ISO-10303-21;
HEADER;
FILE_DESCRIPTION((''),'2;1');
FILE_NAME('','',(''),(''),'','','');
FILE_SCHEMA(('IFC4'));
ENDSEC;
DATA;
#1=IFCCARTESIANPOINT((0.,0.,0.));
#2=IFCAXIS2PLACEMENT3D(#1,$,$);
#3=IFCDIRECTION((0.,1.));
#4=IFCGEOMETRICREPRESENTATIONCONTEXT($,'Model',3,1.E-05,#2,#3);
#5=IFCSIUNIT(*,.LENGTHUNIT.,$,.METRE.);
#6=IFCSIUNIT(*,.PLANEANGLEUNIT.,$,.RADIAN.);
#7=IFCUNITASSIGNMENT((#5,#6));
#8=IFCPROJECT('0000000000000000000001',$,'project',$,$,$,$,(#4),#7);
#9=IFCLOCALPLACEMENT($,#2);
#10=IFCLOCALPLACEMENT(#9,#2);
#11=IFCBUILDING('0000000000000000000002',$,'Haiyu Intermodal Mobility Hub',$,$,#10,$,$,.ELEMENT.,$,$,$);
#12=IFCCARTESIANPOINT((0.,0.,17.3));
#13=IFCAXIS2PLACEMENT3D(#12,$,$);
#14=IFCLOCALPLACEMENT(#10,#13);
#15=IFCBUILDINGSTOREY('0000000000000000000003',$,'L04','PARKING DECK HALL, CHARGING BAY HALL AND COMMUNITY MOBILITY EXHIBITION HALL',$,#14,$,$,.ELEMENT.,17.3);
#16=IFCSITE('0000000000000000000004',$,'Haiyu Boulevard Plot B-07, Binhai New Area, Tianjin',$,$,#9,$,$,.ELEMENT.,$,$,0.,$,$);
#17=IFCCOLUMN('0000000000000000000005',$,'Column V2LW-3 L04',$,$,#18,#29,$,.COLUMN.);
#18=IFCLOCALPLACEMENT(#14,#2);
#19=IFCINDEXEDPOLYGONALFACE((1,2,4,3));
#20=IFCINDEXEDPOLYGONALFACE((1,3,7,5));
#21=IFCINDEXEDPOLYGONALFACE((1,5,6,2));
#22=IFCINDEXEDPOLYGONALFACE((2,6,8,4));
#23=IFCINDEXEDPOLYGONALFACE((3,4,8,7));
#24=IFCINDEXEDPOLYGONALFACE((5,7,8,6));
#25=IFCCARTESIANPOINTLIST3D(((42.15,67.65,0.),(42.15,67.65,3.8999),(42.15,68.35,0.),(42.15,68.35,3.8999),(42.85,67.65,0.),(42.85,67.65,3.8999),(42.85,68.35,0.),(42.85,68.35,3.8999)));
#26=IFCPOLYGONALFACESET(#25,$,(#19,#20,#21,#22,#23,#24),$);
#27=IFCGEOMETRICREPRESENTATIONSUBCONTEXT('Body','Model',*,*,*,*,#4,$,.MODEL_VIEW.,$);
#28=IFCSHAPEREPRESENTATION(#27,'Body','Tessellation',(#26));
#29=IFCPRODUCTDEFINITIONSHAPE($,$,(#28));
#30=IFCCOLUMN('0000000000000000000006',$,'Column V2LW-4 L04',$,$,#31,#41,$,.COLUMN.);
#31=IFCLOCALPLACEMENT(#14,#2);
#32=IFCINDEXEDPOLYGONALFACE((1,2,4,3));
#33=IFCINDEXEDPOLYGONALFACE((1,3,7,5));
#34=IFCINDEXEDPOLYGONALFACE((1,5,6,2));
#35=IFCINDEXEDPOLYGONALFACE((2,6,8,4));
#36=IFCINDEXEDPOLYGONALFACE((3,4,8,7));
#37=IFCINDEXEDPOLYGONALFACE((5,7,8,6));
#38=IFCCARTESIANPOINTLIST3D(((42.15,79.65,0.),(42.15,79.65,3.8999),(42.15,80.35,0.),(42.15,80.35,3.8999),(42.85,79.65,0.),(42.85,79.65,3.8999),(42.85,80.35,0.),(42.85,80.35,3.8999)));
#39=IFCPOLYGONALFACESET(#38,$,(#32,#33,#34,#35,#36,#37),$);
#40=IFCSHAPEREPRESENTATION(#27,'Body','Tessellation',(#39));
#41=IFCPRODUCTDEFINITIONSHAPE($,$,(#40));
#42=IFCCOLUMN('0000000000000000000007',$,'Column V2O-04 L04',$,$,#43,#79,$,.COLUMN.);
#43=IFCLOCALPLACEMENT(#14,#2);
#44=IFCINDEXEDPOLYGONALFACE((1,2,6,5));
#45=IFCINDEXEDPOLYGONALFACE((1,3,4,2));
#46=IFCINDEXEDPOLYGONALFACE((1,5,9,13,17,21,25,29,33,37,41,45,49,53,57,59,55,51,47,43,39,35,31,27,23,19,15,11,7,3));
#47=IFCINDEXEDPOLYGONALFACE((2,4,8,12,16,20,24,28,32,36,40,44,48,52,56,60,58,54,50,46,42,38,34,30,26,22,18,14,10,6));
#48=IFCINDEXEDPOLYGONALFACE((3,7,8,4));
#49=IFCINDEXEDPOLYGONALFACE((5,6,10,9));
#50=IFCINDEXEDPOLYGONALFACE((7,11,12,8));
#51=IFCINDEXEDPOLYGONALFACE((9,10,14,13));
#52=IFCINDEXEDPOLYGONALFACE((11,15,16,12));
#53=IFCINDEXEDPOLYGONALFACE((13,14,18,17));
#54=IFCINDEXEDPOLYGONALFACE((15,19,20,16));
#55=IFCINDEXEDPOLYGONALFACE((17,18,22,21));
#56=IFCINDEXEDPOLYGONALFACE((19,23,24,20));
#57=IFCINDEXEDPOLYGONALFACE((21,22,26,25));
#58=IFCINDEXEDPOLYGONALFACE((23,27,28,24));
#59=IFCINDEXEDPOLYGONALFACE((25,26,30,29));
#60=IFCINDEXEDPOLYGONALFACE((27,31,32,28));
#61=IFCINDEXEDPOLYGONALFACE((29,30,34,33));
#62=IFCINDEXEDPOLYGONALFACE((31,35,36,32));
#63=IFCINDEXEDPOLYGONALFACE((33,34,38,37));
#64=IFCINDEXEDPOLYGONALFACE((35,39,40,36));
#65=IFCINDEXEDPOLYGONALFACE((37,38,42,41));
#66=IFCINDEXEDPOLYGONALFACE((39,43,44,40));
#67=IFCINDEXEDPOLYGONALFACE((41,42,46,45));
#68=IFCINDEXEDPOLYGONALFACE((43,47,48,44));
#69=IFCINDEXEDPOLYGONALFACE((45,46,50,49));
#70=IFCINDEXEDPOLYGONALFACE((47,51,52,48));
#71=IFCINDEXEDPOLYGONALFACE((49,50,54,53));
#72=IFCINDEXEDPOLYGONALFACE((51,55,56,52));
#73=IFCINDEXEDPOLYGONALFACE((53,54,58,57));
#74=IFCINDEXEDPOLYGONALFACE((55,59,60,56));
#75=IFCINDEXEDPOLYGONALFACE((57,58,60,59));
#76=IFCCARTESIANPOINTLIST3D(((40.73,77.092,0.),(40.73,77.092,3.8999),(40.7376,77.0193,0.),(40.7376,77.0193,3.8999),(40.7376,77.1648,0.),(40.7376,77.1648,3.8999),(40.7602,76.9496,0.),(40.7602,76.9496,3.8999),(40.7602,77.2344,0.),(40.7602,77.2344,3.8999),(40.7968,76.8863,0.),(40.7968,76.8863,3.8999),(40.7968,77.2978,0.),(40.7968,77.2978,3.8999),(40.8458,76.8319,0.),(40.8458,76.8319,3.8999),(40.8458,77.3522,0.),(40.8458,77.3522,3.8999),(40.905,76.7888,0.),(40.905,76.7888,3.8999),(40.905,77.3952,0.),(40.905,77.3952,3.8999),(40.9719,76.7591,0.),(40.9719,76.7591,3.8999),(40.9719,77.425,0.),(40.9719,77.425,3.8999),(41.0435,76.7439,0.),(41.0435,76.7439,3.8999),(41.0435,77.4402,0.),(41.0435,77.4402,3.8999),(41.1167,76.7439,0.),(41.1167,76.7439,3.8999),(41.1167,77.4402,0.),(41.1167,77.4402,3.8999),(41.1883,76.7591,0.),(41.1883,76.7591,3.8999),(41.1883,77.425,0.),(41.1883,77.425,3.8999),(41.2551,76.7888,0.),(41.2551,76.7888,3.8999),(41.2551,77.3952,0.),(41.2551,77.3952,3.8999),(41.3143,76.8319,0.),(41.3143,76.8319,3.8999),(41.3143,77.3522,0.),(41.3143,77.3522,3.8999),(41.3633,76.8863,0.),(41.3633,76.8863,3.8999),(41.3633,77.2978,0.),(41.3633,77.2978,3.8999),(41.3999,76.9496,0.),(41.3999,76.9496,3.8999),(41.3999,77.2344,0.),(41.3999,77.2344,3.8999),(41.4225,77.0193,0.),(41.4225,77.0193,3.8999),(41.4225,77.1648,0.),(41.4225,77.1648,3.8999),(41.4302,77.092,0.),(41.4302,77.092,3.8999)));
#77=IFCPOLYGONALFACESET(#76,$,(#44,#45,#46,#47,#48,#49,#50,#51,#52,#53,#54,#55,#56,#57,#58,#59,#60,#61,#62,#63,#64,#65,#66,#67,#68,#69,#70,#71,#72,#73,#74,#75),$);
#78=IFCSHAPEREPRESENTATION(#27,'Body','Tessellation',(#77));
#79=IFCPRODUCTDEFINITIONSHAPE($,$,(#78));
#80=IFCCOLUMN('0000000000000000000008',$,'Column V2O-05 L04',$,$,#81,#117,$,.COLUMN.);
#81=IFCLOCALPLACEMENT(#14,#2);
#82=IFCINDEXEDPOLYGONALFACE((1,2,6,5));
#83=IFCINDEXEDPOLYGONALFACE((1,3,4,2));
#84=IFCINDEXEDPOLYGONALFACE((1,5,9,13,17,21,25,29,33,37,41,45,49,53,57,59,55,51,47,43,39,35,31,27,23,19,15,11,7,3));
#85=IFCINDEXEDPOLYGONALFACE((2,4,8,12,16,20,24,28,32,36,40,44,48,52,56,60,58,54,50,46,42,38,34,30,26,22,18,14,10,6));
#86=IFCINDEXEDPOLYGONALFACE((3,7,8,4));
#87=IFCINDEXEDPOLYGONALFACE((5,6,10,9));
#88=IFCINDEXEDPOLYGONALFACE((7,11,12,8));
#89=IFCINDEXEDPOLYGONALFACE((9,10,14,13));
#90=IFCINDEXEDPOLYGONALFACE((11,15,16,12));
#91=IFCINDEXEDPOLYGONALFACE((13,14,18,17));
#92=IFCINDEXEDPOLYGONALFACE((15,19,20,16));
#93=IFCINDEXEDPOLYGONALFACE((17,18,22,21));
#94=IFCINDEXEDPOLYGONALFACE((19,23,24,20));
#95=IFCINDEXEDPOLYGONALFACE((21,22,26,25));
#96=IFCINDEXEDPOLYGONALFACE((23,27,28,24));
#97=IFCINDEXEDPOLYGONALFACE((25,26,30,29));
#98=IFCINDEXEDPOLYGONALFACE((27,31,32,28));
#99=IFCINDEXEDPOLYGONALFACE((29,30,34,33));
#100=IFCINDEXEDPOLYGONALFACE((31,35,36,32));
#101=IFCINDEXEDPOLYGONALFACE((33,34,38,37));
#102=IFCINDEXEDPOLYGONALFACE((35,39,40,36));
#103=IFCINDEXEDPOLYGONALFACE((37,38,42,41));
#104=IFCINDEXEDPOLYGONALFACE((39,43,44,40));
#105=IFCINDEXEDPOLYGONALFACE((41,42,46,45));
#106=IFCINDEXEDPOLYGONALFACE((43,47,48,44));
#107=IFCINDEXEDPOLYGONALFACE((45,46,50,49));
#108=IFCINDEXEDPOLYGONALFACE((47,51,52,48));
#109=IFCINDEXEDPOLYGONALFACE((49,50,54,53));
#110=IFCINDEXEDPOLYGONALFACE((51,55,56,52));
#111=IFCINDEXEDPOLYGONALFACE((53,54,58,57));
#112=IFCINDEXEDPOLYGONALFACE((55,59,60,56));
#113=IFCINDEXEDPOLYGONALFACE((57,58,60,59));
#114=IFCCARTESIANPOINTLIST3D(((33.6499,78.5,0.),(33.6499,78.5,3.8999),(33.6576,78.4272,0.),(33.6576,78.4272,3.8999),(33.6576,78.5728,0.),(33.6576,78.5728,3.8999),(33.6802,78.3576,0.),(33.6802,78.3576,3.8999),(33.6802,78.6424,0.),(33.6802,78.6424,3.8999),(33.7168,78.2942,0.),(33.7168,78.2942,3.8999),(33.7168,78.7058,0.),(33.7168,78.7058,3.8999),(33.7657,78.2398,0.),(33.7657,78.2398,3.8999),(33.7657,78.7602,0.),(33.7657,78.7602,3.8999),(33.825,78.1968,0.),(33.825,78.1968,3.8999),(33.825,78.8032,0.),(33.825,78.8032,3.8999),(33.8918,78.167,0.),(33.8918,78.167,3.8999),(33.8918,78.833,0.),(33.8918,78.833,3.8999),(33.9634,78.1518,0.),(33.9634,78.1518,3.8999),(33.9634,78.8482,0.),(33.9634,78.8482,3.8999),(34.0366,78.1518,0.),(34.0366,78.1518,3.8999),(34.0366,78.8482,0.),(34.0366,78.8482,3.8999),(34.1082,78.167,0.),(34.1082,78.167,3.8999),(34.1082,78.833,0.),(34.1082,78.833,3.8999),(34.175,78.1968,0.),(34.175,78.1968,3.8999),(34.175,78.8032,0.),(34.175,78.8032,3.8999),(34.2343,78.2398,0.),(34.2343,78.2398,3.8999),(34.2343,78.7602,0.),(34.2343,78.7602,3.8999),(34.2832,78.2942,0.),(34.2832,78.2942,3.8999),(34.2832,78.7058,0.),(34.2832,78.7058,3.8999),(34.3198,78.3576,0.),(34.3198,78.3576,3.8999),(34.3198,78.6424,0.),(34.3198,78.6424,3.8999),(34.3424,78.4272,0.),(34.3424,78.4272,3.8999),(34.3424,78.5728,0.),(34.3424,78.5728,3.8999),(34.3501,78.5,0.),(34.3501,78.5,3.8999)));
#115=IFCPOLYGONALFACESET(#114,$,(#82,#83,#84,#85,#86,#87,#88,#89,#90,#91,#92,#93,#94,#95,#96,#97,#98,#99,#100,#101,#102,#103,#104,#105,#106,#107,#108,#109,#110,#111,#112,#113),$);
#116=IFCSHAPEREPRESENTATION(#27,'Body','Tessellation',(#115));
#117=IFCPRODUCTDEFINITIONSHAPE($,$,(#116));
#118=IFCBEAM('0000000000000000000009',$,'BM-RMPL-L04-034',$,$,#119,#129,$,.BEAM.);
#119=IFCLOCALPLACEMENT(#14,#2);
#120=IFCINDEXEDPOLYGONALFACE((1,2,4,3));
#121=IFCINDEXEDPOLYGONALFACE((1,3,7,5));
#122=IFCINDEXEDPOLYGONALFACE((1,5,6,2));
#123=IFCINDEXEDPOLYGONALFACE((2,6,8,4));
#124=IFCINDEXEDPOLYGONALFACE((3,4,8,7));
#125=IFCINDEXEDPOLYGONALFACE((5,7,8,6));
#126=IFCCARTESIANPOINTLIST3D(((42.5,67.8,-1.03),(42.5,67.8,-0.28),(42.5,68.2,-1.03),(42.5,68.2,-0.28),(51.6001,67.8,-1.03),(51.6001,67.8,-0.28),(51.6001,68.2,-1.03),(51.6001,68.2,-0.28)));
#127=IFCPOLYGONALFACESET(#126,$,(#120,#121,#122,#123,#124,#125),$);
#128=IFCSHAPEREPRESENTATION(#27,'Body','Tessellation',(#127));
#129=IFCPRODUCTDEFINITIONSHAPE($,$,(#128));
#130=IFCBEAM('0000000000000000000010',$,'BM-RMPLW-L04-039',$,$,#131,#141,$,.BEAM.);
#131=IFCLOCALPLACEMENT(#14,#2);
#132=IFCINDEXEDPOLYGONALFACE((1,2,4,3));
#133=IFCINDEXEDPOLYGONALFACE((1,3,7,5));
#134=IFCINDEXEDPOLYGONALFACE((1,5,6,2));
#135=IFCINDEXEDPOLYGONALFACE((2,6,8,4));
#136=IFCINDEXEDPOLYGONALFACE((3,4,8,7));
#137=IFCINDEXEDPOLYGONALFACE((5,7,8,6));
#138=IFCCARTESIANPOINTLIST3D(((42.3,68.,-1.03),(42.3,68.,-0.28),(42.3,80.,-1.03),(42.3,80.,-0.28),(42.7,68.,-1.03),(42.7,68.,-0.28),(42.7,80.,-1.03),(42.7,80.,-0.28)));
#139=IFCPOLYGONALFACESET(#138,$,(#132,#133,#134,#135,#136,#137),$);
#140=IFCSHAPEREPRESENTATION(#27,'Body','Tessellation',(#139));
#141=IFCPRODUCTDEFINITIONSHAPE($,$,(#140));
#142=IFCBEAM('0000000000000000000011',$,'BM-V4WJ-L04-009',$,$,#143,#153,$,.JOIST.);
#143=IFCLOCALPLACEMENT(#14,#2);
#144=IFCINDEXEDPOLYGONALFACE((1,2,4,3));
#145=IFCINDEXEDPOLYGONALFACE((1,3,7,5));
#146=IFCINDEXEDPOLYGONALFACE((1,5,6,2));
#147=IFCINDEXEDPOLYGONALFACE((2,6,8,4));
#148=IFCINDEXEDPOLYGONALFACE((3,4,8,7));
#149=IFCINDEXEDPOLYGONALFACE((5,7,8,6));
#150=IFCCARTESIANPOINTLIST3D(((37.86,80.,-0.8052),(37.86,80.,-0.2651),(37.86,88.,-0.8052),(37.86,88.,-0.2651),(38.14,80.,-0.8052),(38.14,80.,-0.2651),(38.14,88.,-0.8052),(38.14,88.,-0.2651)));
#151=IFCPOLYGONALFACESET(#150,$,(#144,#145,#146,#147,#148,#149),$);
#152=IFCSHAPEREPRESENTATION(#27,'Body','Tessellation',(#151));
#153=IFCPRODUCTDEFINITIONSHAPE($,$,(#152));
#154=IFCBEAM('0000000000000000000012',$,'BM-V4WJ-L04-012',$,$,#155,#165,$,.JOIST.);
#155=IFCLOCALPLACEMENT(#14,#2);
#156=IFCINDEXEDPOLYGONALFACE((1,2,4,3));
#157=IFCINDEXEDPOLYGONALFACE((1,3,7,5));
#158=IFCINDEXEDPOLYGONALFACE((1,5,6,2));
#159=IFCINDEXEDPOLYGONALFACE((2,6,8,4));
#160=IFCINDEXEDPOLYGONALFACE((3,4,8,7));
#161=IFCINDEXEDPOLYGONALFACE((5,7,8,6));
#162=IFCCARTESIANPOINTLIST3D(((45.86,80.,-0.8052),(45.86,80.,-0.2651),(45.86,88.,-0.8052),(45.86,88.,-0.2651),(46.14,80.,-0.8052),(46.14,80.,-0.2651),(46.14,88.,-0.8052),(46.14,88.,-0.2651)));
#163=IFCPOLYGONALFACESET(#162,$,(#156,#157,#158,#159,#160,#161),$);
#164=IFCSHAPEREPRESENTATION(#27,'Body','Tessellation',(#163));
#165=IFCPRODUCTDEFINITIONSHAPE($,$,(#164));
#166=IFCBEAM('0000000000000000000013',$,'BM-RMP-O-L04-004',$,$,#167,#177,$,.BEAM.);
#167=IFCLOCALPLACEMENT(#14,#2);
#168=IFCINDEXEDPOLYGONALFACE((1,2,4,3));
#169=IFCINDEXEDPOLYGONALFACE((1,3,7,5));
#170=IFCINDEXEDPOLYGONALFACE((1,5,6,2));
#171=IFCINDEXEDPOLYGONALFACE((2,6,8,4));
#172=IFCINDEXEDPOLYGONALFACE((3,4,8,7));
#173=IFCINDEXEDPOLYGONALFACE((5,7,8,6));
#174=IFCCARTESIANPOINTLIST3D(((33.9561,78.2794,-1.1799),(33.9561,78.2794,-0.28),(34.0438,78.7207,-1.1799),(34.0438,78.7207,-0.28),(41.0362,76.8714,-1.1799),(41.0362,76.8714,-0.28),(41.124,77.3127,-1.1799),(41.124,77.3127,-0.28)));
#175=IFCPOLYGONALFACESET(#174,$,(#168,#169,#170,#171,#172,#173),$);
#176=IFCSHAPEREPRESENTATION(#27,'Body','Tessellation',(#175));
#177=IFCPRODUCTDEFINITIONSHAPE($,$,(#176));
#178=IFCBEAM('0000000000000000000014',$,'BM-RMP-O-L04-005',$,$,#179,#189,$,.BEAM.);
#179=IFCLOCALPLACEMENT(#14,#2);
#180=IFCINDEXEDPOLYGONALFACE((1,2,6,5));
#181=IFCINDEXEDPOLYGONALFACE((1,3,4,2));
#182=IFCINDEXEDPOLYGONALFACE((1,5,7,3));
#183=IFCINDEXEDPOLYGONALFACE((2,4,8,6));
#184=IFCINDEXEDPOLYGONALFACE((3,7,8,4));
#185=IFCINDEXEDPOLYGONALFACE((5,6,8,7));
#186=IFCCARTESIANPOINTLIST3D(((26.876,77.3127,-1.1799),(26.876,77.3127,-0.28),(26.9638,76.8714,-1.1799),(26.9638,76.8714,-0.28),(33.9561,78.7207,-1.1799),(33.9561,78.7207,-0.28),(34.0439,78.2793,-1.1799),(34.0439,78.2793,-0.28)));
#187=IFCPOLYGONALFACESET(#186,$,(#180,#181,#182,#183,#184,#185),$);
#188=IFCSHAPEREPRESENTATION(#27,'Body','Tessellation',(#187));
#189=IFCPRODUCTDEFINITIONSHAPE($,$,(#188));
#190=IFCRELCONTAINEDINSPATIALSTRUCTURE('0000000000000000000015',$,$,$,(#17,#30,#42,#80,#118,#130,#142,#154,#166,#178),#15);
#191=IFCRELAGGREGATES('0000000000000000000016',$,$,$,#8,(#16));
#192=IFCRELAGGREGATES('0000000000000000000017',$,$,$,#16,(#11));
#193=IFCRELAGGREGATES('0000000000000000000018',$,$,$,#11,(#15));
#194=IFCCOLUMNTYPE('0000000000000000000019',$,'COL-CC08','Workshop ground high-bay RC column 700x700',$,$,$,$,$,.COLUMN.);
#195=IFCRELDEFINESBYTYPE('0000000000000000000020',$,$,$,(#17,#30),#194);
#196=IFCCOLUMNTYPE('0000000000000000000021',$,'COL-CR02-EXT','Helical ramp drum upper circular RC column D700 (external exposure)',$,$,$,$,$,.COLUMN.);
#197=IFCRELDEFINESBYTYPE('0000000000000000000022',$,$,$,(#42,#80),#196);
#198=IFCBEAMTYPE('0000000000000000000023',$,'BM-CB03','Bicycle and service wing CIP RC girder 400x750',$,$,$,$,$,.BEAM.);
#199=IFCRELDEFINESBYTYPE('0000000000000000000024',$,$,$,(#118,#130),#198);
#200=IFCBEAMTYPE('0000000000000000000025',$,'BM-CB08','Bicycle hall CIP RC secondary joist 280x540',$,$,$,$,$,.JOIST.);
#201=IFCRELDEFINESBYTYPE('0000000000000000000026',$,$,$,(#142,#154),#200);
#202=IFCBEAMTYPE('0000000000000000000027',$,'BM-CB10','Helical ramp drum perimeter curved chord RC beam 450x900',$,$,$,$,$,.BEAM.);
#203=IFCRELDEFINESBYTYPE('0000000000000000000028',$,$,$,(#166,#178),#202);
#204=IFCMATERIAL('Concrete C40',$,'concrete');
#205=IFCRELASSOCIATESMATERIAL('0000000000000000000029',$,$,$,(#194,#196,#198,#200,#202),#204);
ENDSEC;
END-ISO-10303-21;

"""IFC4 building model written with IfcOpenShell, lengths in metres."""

from ifc_helpers import new_model, si_unit, direction, frame, origin, origin_2d, place, context, subcontext, project, spatial, rectangle, circle, extrude, material, material_profile, profile_set, type_object, element, save


model = new_model("IFC4")

# Units and contexts
model_context = context("Model", 3, precision=1e-05, world=origin(), true_north=direction((0.0, 1.0)))
body_context = subcontext(model_context, "Body", "Model", "MODEL_VIEW")
ifc_project = project(units=[si_unit("LENGTHUNIT", "METRE"), si_unit("PLANEANGLEUNIT", "RADIAN")], contexts=[model_context])

# Site, building, storey
site_placement = place(None, origin())
site = spatial("IfcSite", under=ifc_project, at=site_placement, Name="Haiyu Boulevard Plot B-07, Binhai New Area, Tianjin", CompositionType="ELEMENT", RefElevation=0.0)
building_placement = place(site_placement, origin())
building = spatial("IfcBuilding", under=site, at=building_placement, Name="Haiyu Intermodal Mobility Hub", CompositionType="ELEMENT")
storey_placement = place(building_placement, frame((0.0, 0.0, 17.3)))
storey = spatial("IfcBuildingStorey", under=building, at=storey_placement, Name="L04", Description="PARKING DECK HALL, CHARGING BAY HALL AND COMMUNITY MOBILITY EXHIBITION HALL", CompositionType="ELEMENT", Elevation=17.3)

# Columns
ifc_material_1 = material(Name="Concrete C40", Category="concrete")
ifc_material_profile_1 = material_profile(ifc_material_1, rectangle(XDim=0.7, YDim=0.7, at=origin_2d()), Name="RC700x700")
ifc_profile_set_1 = profile_set([ifc_material_profile_1], Name="Concrete C40")
column_type_1 = type_object("IfcColumnType", Name="COL-CC08", Description="Workshop ground high-bay RC column 700x700", PredefinedType="COLUMN", material=ifc_profile_set_1)
for number, where, z_axis, x_axis, name in (
    (1, (42.5, 68.0, 0.0), (0.0, 0.0, 1.0), (1.0, 0.0, 0.0), "Column V2LW-3 L04"),
    (2, (42.5, 80.0, 0.0), (0.0, 0.0, 1.0), (1.0, 0.0, 0.0), "Column V2LW-4 L04"),
):
    element("IfcColumn", number, at=place(storey_placement, frame(where, z_axis=z_axis, x_axis=x_axis)), inside=storey, type_object=column_type_1, Name=name, PredefinedType="COLUMN", context=body_context, shape_type="SweptSolid", body=[
        extrude(rectangle(XDim=0.7, YDim=0.7, at=origin_2d()), origin(), (0.0, 0.0, 1.0), 3.8999),
    ])
ifc_material_profile_2 = material_profile(ifc_material_1, circle(Radius=0.3501, at=origin_2d()), Name="RCCOL-D700")
ifc_profile_set_2 = profile_set([ifc_material_profile_2], Name="Concrete C40")
column_type_2 = type_object("IfcColumnType", Name="COL-CR02-EXT", Description="Helical ramp drum upper circular RC column D700 (external exposure)", PredefinedType="COLUMN", material=ifc_profile_set_2)
for number, where, z_axis, x_axis, name in (
    (3, (41.0801, 77.092, 0.0), (0.0, 0.0, 1.0), (1.0, 0.0, 0.0), "Column V2O-04 L04"),
    (4, (34.0, 78.5, 0.0), (0.0, 0.0, 1.0), (1.0, 0.0, 0.0), "Column V2O-05 L04"),
):
    element("IfcColumn", number, at=place(storey_placement, frame(where, z_axis=z_axis, x_axis=x_axis)), inside=storey, type_object=column_type_2, Name=name, PredefinedType="COLUMN", context=body_context, shape_type="SweptSolid", body=[
        extrude(circle(Radius=0.3501, at=origin_2d()), origin(), (0.0, 0.0, 1.0), 3.8999),
    ])

# Beams
ifc_material_profile_3 = material_profile(ifc_material_1, rectangle(XDim=0.3999, YDim=0.75, at=origin_2d()), Name="RCB400x750")
ifc_profile_set_3 = profile_set([ifc_material_profile_3], Name="Concrete C40")
beam_type_1 = type_object("IfcBeamType", Name="BM-CB03", Description="Bicycle and service wing CIP RC girder 400x750", PredefinedType="BEAM", material=ifc_profile_set_3)
beam_1_placement = place(storey_placement, frame((42.5, 68.0, -0.655), z_axis=(1.0, 0.0, 0.0), x_axis=(0.0, 1.0, 0.0)))
element("IfcBeam", 5, at=beam_1_placement, inside=storey, type_object=beam_type_1, Name="BM-RMPL-L04-034", PredefinedType="BEAM", context=body_context, shape_type="SweptSolid", body=[
    extrude(rectangle(XDim=0.3999, YDim=0.75, at=origin_2d()), origin(), (0.0, 0.0, 1.0), 9.1001),
])
beam_2_placement = place(storey_placement, frame((42.5, 68.0, -0.655), z_axis=(0.0, 1.0, 0.0), x_axis=(-1.0, 0.0, 0.0)))
element("IfcBeam", 6, at=beam_2_placement, inside=storey, type_object=beam_type_1, Name="BM-RMPLW-L04-039", PredefinedType="BEAM", context=body_context, shape_type="SweptSolid", body=[
    extrude(rectangle(XDim=0.3999, YDim=0.75, at=origin_2d()), origin(), (0.0, 0.0, 1.0), 12.0),
])
ifc_material_profile_4 = material_profile(ifc_material_1, rectangle(XDim=0.28, YDim=0.54, at=origin_2d()), Name="RCB280x540")
ifc_profile_set_4 = profile_set([ifc_material_profile_4], Name="Concrete C40")
beam_type_2 = type_object("IfcBeamType", Name="BM-CB08", Description="Bicycle hall CIP RC secondary joist 280x540", PredefinedType="JOIST", material=ifc_profile_set_4)
for number, where, z_axis, x_axis, name in (
    (7, (38.0, 80.0, -0.5352), (0.0, 1.0, 0.0), (-1.0, 0.0, 0.0), "BM-V4WJ-L04-009"),
    (8, (46.0, 80.0, -0.5352), (0.0, 1.0, 0.0), (-1.0, 0.0, 0.0), "BM-V4WJ-L04-012"),
):
    element("IfcBeam", number, at=place(storey_placement, frame(where, z_axis=z_axis, x_axis=x_axis)), inside=storey, type_object=beam_type_2, Name=name, PredefinedType="JOIST", context=body_context, shape_type="SweptSolid", body=[
        extrude(rectangle(XDim=0.28, YDim=0.54, at=origin_2d()), origin(), (0.0, 0.0, 1.0), 8.0),
    ])
ifc_material_profile_5 = material_profile(ifc_material_1, rectangle(XDim=0.45, YDim=0.8999, at=origin_2d()), Name="RCB450x900")
ifc_profile_set_5 = profile_set([ifc_material_profile_5], Name="Concrete C40")
beam_type_3 = type_object("IfcBeamType", Name="BM-CB10", Description="Helical ramp drum perimeter curved chord RC beam 450x900", PredefinedType="BEAM", material=ifc_profile_set_5)
for number, where, z_axis, x_axis, name in (
    (9, (41.0801, 77.092, -0.73), (-0.980795, 0.195043, 0.0), (-0.195043, -0.980795, 0.0), "BM-RMP-O-L04-004"),
    (10, (34.0, 78.5, -0.73), (-0.980795, -0.195043, 0.0), (0.195043, -0.980795, 0.0), "BM-RMP-O-L04-005"),
):
    element("IfcBeam", number, at=place(storey_placement, frame(where, z_axis=z_axis, x_axis=x_axis)), inside=storey, type_object=beam_type_3, Name=name, PredefinedType="BEAM", context=body_context, shape_type="SweptSolid", body=[
        extrude(rectangle(XDim=0.45, YDim=0.8999, at=origin_2d()), origin(), (0.0, 0.0, 1.0), 7.2188),
    ])

save(model, "model.ifc")
